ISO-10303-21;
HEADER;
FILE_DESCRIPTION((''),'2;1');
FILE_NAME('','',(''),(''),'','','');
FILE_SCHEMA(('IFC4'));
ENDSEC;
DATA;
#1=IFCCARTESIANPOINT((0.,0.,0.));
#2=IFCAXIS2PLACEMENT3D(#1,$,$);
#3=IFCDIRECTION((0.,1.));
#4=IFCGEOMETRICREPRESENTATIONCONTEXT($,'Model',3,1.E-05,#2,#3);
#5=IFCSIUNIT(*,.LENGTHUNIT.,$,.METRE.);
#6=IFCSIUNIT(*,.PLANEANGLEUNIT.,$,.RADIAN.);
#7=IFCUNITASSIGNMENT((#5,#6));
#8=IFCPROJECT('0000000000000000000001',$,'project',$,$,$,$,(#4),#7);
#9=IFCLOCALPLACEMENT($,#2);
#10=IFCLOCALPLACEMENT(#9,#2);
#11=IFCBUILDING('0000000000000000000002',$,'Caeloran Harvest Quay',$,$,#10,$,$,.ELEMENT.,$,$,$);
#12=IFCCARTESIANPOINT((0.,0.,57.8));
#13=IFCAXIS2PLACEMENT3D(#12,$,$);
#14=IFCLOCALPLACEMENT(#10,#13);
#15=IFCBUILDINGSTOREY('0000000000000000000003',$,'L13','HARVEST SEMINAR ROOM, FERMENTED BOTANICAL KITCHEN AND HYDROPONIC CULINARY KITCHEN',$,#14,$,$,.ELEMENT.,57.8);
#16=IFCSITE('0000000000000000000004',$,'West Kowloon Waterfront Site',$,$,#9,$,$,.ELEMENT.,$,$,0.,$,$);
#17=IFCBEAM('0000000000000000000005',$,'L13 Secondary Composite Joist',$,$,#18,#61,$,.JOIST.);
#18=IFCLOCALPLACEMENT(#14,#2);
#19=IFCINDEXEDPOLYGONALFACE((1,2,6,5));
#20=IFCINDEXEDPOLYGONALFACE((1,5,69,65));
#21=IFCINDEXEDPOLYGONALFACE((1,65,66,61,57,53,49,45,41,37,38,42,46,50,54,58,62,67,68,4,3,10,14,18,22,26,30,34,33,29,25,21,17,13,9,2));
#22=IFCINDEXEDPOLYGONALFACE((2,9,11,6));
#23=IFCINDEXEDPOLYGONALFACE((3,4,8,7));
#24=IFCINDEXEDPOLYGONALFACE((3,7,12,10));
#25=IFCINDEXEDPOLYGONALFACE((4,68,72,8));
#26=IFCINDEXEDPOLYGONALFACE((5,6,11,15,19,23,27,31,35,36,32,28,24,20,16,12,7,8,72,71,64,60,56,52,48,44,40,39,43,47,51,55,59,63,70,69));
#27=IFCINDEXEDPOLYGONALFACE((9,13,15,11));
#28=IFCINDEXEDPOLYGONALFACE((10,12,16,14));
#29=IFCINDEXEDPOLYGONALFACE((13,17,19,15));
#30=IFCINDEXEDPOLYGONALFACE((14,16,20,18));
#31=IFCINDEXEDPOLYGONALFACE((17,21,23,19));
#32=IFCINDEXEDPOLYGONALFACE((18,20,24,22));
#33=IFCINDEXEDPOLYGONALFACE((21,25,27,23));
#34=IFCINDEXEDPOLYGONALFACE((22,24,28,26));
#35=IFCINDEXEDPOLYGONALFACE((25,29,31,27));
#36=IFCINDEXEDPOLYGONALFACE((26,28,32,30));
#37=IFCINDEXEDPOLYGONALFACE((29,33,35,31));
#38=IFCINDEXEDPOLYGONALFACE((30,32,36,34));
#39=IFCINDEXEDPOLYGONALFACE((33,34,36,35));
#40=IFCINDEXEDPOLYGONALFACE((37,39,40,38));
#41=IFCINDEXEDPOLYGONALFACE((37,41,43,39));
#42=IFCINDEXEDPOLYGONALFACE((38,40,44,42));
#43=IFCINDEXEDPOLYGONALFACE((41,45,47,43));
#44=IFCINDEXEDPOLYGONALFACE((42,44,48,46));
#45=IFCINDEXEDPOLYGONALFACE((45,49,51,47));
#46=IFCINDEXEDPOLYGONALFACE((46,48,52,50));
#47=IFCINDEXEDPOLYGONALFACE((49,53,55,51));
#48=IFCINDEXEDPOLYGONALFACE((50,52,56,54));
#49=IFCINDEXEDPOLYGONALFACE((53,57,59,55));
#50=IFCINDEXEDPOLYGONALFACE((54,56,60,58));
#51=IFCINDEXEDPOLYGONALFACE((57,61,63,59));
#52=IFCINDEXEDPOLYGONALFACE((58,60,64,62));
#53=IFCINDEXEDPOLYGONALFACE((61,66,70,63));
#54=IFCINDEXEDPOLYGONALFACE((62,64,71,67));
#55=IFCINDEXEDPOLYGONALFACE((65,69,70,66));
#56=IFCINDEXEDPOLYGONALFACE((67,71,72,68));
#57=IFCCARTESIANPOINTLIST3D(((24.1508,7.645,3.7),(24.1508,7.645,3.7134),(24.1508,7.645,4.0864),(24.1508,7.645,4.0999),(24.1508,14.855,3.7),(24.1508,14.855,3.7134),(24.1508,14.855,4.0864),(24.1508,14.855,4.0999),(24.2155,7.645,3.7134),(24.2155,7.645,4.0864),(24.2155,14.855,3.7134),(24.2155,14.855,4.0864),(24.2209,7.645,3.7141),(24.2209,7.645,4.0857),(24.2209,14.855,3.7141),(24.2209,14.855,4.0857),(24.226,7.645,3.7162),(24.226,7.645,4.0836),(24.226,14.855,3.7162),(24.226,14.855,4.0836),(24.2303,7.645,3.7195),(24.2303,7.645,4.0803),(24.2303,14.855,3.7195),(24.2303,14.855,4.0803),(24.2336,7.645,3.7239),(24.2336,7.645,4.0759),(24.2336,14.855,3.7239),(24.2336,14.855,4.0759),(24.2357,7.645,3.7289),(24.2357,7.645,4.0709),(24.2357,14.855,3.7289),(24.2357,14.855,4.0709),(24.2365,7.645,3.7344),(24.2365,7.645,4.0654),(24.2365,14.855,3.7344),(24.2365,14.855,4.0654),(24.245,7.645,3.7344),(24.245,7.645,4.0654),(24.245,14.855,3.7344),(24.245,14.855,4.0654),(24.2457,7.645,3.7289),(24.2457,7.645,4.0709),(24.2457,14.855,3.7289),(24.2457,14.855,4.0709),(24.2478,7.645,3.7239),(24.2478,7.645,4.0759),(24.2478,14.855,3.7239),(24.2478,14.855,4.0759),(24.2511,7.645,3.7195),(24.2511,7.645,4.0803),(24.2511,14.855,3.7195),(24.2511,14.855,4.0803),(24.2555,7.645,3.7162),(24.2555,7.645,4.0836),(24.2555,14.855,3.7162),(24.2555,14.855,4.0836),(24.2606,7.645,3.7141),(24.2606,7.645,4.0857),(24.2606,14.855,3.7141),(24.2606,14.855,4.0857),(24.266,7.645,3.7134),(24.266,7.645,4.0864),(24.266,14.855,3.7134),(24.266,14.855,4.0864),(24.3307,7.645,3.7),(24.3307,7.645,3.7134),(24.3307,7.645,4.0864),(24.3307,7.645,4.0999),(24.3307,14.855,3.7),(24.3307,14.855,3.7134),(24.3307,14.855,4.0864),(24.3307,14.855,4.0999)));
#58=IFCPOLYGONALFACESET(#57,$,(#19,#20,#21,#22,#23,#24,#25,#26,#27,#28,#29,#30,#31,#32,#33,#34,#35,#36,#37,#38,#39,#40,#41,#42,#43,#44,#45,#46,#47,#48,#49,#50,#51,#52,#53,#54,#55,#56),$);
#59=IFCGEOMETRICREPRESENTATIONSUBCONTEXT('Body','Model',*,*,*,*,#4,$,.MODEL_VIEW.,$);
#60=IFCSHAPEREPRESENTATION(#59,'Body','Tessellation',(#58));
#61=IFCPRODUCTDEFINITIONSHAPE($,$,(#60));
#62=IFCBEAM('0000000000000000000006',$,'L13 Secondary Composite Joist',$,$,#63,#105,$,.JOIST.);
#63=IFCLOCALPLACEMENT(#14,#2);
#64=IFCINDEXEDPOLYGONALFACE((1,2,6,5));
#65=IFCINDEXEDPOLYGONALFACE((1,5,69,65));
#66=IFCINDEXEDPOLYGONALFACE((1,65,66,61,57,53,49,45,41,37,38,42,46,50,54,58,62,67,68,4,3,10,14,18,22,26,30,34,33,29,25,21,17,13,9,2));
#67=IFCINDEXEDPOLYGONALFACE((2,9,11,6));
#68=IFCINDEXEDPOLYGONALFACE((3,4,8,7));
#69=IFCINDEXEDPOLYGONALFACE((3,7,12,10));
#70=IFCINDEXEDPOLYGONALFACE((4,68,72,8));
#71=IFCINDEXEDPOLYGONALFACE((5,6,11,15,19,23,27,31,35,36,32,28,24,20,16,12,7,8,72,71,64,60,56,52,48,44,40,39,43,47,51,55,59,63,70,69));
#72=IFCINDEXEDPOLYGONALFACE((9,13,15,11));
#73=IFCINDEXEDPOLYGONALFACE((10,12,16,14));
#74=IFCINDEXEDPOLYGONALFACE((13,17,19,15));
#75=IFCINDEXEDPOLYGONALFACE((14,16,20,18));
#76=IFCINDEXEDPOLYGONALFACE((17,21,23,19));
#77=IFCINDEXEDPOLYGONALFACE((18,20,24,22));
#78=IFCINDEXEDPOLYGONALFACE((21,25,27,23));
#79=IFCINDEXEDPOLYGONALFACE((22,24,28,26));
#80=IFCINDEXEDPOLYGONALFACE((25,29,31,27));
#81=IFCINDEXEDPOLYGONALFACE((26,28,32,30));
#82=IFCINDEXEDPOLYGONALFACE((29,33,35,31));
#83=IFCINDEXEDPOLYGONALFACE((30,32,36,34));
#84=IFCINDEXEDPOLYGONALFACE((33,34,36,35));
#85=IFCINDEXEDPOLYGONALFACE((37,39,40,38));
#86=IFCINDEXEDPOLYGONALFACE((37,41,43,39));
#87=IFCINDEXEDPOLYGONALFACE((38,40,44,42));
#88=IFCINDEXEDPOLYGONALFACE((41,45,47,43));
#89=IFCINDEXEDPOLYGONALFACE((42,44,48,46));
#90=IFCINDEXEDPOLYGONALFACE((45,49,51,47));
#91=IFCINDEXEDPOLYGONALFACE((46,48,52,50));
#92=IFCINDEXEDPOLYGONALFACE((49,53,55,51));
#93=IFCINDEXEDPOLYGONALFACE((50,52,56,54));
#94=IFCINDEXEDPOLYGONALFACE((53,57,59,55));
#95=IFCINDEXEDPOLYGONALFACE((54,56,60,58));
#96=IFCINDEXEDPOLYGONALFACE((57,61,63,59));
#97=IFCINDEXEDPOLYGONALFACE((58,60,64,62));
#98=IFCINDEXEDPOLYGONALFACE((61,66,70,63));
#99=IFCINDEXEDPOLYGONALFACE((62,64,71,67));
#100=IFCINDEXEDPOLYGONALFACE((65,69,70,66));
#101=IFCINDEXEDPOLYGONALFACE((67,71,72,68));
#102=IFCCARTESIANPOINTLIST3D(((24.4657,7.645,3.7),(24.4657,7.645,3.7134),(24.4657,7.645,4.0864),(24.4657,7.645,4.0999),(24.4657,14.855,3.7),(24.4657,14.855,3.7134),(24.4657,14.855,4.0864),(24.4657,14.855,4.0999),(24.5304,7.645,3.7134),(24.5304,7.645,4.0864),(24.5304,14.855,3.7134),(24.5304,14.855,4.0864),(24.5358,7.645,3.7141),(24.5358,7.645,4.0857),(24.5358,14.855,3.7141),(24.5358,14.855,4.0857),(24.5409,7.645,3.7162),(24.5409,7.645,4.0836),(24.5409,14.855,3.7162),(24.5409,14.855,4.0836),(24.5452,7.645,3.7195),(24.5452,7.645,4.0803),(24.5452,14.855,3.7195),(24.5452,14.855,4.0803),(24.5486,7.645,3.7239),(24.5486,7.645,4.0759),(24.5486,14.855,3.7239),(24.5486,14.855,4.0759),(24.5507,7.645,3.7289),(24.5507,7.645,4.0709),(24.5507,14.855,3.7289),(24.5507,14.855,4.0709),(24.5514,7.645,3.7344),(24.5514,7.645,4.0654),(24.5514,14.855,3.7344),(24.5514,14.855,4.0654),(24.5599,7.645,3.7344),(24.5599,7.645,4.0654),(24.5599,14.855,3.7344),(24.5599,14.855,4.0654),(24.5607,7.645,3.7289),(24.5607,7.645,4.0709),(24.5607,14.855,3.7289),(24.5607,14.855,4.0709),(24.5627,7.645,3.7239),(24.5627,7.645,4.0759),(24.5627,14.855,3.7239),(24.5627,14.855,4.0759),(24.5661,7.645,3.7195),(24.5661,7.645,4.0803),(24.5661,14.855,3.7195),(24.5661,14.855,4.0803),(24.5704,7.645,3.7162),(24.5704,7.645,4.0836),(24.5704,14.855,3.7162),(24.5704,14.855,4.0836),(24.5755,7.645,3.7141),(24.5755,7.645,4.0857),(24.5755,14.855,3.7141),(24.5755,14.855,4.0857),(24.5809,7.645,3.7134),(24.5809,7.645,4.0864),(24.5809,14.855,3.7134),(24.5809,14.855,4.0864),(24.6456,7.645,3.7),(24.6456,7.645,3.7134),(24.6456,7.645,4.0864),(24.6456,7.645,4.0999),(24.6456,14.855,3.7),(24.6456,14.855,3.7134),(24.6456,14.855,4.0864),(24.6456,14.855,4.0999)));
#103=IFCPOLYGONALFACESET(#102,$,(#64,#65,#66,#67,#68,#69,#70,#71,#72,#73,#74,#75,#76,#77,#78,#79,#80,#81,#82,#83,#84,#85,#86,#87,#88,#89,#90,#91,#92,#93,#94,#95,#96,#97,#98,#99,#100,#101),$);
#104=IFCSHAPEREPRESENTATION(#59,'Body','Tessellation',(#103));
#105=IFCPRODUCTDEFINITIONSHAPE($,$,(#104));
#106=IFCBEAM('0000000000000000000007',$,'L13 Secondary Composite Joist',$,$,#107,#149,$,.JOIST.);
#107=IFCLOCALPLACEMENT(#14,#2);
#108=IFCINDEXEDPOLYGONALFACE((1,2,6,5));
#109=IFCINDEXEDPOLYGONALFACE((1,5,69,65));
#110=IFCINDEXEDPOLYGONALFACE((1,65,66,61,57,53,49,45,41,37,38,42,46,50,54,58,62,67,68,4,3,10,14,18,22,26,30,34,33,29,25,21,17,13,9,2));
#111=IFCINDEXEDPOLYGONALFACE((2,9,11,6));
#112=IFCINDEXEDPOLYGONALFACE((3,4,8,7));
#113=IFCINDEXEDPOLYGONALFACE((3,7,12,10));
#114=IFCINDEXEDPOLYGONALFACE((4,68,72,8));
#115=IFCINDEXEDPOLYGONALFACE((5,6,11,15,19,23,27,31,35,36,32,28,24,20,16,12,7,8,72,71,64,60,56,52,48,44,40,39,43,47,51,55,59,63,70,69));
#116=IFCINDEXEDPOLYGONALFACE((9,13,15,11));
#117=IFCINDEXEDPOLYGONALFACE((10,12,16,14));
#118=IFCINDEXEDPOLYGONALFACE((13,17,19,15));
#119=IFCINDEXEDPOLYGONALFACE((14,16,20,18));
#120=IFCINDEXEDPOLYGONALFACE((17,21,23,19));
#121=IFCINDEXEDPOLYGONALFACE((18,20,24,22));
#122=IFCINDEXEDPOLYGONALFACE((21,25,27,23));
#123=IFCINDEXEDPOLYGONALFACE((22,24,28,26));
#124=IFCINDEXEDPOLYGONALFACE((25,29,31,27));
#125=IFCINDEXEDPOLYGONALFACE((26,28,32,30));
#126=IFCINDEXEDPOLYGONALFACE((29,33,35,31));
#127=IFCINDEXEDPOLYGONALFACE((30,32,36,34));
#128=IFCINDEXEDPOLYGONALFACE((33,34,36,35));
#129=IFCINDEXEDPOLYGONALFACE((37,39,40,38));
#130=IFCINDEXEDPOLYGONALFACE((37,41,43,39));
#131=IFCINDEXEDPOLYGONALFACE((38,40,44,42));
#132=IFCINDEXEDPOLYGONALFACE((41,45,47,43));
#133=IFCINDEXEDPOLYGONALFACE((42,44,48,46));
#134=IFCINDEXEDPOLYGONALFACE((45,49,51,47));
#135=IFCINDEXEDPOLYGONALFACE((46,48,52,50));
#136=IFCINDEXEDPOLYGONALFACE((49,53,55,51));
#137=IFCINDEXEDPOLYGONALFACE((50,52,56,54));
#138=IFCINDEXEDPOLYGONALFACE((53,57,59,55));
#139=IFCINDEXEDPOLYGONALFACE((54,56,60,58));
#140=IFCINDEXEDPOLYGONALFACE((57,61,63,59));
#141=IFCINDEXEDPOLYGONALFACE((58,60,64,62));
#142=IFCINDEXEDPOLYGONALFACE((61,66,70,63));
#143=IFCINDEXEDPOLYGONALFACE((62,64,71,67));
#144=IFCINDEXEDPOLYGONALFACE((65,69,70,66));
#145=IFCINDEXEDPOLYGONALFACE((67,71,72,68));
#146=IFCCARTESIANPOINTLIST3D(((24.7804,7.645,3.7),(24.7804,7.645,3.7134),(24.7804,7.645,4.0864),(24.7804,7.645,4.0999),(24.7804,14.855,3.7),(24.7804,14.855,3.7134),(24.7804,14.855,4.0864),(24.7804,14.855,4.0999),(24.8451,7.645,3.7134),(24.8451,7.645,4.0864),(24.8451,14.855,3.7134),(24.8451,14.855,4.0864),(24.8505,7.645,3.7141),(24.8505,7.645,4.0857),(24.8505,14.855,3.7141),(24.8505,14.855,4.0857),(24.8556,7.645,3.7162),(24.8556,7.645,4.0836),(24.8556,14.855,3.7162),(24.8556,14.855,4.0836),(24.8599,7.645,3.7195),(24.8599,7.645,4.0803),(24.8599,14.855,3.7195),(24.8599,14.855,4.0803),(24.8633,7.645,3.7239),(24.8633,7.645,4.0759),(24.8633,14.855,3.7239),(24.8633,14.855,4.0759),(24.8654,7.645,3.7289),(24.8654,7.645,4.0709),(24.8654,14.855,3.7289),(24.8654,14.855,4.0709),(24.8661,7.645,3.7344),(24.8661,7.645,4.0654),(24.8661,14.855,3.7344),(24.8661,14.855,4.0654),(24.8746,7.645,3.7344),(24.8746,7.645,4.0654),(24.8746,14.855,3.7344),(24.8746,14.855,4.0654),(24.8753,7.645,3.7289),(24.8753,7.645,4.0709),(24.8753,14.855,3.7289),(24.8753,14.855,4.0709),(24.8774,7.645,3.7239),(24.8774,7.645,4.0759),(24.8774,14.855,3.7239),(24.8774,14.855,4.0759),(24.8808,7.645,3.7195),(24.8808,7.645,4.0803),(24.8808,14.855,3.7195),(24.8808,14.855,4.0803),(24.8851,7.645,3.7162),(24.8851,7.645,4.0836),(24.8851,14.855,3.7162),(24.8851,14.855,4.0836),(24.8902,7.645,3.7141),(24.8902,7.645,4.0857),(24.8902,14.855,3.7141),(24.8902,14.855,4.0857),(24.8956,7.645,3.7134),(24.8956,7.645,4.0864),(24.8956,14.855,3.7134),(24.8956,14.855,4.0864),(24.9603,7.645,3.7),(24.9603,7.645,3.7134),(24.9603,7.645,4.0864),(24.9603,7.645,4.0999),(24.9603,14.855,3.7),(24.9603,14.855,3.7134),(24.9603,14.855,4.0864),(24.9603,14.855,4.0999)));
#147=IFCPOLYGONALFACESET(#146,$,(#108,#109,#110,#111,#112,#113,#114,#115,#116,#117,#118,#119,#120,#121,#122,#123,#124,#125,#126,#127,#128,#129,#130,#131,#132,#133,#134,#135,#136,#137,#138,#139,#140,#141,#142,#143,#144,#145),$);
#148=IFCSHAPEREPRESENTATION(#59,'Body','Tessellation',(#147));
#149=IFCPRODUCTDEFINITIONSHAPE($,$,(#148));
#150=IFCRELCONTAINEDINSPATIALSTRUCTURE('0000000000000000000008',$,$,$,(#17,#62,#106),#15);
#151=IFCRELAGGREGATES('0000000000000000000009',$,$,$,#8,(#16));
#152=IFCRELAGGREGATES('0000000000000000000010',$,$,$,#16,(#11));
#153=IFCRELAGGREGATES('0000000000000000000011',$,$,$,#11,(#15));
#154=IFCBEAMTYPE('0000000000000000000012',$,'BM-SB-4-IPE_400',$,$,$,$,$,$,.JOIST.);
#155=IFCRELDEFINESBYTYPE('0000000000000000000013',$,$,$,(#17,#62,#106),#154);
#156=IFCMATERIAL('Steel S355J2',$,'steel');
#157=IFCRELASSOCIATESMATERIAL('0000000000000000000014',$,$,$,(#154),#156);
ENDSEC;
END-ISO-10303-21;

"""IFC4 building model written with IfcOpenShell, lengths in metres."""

from ifc_helpers import new_model, si_unit, direction, frame, origin, origin_2d, place, context, subcontext, project, spatial, i_section, extrude, material, material_profile, profile_set, type_object, element, save


model = new_model("IFC4")

# Units and contexts
model_context = context("Model", 3, precision=1e-05, world=origin(), true_north=direction((0.0, 1.0)))
body_context = subcontext(model_context, "Body", "Model", "MODEL_VIEW")
ifc_project = project(units=[si_unit("LENGTHUNIT", "METRE"), si_unit("PLANEANGLEUNIT", "RADIAN")], contexts=[model_context])

# Site, building, storey
site_placement = place(None, origin())
site = spatial("IfcSite", under=ifc_project, at=site_placement, Name="West Kowloon Waterfront Site", CompositionType="ELEMENT", RefElevation=0.0)
building_placement = place(site_placement, origin())
building = spatial("IfcBuilding", under=site, at=building_placement, Name="Caeloran Harvest Quay", CompositionType="ELEMENT")
storey_placement = place(building_placement, frame((0.0, 0.0, 57.8)))
storey = spatial("IfcBuildingStorey", under=building, at=storey_placement, Name="L13", Description="HARVEST SEMINAR ROOM, FERMENTED BOTANICAL KITCHEN AND HYDROPONIC CULINARY KITCHEN", CompositionType="ELEMENT", Elevation=57.8)

# Beams
ifc_material_1 = material(Name="Steel S355J2", Category="steel")
ifc_material_profile_1 = material_profile(ifc_material_1, i_section(OverallWidth=0.1799, OverallDepth=0.3999, WebThickness=0.0085, FlangeThickness=0.0134, FilletRadius=0.021, at=origin_2d()), Name="IPE 400")
ifc_profile_set_1 = profile_set([ifc_material_profile_1], Name="Steel S355J2")
beam_type_1 = type_object("IfcBeamType", Name="BM-SB-4-IPE_400", PredefinedType="JOIST", material=ifc_profile_set_1)
for number, where, z_axis, x_axis, name in (
    (1, (24.2407, 7.645, 3.8999), (0.0, 1.0, 0.0), (-1.0, 0.0, 0.0), "L13 Secondary Composite Joist"),
    (2, (24.5557, 7.645, 3.8999), (0.0, 1.0, 0.0), (-1.0, 0.0, 0.0), "L13 Secondary Composite Joist"),
    (3, (24.8704, 7.645, 3.8999), (0.0, 1.0, 0.0), (-1.0, 0.0, 0.0), "L13 Secondary Composite Joist"),
):
    element("IfcBeam", number, at=place(storey_placement, frame(where, z_axis=z_axis, x_axis=x_axis)), inside=storey, type_object=beam_type_1, Name=name, PredefinedType="JOIST", context=body_context, shape_type="SweptSolid", body=[
        extrude(i_section(OverallWidth=0.1799, OverallDepth=0.3999, WebThickness=0.0085, FlangeThickness=0.0134, FilletRadius=0.021, at=origin_2d()), origin(), (0.0, 0.0, 1.0), 7.21),
    ])

save(model, "model.ifc")
